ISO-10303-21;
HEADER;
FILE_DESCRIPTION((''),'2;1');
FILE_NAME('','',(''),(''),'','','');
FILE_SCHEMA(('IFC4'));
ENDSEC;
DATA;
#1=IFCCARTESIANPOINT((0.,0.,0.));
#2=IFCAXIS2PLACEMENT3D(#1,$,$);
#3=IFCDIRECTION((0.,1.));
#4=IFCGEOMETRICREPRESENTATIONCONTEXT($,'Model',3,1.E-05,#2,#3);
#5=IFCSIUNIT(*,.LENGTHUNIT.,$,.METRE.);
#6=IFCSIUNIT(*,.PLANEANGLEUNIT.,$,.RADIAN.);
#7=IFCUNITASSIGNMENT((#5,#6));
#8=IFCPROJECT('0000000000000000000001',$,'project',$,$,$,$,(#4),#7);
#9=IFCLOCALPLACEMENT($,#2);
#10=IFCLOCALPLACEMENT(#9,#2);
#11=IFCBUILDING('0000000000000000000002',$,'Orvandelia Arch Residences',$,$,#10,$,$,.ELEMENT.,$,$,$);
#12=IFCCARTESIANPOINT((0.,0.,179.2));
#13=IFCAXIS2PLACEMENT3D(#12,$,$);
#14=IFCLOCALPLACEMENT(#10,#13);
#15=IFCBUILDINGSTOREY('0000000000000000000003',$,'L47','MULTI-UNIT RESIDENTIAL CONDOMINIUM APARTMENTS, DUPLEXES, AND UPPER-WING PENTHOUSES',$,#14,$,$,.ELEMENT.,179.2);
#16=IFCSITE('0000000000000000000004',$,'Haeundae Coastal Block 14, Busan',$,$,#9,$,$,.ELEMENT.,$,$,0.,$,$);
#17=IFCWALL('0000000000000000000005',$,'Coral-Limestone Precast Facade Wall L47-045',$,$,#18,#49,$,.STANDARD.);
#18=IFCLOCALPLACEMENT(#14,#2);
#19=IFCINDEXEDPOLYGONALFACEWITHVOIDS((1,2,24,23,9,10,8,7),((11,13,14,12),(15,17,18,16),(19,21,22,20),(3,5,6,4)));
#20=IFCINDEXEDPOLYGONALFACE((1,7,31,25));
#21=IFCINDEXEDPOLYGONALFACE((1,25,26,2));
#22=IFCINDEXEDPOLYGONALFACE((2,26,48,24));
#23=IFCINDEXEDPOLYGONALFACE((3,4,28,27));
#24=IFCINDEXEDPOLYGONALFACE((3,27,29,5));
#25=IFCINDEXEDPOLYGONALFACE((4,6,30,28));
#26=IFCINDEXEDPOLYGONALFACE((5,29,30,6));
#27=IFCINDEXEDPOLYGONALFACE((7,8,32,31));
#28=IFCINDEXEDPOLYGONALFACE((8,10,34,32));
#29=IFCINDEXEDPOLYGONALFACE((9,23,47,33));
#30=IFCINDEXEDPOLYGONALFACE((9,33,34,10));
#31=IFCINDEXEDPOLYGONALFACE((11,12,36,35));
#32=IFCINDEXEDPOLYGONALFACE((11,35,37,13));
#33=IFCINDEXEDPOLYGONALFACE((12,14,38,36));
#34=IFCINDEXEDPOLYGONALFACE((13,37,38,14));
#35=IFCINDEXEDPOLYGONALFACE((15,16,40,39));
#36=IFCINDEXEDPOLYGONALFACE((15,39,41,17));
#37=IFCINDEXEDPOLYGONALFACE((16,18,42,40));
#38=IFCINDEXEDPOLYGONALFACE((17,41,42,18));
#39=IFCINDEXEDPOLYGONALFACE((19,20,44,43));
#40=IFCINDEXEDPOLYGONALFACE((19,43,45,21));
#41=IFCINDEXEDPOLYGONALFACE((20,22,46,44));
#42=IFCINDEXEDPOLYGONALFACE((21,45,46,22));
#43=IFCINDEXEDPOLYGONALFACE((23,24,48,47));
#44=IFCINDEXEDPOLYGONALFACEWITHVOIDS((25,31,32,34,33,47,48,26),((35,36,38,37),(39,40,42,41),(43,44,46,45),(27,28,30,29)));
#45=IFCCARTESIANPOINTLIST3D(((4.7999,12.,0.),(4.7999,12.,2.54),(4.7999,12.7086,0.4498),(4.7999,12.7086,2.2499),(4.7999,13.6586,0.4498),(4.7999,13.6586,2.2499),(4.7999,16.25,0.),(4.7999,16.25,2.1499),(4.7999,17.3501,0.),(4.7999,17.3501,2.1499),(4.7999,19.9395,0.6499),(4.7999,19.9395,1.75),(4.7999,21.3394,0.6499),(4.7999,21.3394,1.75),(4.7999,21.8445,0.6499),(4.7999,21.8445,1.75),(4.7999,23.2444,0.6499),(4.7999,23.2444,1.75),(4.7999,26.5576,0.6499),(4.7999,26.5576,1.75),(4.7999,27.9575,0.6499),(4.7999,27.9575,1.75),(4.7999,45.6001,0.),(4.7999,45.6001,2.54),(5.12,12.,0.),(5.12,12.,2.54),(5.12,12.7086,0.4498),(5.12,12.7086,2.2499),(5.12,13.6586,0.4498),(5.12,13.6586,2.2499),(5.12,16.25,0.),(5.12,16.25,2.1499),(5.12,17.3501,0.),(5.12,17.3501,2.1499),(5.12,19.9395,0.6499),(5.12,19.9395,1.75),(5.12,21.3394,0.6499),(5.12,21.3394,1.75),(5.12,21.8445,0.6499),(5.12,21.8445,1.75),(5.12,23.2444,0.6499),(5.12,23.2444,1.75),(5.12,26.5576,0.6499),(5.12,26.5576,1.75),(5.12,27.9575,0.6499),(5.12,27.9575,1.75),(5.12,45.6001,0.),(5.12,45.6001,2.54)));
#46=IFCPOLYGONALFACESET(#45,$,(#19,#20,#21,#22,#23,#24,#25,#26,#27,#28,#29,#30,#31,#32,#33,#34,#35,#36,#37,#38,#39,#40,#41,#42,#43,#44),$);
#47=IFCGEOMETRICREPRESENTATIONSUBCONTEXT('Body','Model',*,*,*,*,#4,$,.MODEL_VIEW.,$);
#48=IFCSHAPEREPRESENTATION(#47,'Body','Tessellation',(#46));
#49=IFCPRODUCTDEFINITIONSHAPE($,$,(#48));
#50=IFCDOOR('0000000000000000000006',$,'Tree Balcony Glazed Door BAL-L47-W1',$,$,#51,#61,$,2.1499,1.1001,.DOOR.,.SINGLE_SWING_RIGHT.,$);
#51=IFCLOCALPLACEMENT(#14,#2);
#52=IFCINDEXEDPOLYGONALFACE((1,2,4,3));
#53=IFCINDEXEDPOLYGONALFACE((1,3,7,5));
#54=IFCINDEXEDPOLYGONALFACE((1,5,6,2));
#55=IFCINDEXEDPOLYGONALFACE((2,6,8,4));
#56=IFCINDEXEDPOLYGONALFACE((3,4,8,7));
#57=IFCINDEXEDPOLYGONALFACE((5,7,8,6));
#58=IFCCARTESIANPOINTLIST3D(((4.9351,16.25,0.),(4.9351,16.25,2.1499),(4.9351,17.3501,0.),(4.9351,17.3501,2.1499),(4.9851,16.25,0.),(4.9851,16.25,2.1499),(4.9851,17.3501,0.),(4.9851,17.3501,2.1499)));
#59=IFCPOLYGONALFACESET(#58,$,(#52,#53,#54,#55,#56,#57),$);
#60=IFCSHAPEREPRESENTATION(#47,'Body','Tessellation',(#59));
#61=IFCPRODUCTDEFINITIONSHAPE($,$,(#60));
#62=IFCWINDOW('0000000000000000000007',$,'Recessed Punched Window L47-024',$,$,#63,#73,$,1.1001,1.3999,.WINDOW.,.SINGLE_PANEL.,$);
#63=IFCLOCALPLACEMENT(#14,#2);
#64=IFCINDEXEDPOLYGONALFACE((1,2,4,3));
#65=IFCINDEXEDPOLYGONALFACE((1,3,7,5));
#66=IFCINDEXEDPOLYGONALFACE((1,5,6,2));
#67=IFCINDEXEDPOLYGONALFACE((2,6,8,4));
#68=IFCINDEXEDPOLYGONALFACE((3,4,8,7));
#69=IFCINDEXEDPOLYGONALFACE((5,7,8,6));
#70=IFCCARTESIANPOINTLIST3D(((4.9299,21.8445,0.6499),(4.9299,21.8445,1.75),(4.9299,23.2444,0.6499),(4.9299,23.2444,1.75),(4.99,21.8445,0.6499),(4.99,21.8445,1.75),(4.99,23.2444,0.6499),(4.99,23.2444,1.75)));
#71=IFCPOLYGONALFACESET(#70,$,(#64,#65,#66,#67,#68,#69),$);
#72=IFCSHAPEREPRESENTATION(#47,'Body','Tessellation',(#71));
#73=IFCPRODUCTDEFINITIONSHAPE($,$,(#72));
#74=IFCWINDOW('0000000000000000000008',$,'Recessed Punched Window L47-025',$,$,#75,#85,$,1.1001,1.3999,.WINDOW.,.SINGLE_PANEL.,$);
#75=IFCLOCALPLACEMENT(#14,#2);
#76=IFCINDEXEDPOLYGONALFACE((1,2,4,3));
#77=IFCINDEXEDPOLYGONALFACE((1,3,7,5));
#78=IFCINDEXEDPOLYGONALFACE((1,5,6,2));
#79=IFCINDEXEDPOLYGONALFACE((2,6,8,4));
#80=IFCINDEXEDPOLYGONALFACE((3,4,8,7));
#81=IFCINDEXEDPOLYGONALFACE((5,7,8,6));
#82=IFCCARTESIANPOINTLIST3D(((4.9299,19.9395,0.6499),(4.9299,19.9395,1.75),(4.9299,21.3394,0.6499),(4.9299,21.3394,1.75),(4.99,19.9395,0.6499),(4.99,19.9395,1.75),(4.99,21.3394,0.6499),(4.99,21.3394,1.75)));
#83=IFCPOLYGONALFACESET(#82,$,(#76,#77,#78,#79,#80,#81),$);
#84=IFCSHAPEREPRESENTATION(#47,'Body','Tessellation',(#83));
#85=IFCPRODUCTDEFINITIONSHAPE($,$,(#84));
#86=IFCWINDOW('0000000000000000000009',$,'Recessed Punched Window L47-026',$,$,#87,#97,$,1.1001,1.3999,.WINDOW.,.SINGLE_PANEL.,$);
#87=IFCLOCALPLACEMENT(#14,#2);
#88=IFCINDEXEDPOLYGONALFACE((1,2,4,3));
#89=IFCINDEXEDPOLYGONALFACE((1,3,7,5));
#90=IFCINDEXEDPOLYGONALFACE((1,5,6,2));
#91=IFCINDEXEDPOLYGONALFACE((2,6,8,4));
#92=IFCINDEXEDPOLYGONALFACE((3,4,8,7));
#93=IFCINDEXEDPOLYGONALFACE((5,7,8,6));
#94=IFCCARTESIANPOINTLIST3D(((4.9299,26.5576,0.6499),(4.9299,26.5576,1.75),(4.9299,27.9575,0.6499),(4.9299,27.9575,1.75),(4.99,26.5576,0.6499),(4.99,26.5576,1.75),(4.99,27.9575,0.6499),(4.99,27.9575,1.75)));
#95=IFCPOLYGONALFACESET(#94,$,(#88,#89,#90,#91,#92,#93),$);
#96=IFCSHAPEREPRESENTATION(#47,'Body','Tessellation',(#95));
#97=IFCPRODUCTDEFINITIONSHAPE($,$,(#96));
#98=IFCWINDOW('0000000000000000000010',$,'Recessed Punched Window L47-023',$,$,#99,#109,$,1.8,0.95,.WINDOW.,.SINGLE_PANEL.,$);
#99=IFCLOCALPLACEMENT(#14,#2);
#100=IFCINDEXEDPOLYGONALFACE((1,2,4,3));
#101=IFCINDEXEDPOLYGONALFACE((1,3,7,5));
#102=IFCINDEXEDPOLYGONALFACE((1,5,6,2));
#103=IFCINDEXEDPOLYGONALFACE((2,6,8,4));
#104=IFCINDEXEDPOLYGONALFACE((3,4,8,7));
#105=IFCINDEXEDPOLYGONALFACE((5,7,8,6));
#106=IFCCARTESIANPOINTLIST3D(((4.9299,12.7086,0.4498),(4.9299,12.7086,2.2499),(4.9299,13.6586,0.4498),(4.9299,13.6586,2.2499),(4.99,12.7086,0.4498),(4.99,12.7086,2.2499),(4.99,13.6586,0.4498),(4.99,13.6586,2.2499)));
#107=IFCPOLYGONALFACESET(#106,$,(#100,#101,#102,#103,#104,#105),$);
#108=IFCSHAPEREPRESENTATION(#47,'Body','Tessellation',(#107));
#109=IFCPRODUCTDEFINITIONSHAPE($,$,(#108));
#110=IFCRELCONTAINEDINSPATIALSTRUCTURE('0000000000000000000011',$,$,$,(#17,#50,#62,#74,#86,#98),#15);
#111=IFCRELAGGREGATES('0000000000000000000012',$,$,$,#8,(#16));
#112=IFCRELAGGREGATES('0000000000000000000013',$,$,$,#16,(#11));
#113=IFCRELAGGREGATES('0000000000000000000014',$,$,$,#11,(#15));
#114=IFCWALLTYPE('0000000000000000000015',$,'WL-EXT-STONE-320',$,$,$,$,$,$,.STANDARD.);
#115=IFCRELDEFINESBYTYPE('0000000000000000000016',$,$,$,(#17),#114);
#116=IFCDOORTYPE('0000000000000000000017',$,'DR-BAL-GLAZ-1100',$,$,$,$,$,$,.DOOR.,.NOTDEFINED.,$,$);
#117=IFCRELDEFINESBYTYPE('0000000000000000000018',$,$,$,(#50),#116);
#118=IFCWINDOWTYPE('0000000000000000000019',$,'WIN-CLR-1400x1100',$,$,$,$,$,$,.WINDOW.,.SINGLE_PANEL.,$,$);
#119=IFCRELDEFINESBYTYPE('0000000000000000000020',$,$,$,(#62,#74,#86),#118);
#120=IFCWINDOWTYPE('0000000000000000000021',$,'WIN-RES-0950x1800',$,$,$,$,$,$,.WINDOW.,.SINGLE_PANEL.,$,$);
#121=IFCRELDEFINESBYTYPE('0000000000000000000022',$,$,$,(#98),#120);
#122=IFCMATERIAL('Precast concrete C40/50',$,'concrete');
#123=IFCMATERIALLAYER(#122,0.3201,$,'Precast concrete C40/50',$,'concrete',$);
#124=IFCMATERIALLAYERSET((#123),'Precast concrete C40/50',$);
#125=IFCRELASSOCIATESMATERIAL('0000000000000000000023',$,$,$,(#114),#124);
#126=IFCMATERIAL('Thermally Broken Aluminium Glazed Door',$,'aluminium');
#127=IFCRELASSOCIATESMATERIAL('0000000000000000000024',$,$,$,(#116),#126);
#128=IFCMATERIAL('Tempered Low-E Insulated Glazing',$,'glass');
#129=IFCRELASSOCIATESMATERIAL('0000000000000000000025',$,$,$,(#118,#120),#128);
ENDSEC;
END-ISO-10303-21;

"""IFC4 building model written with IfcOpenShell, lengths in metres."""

from ifc_helpers import new_model, si_unit, direction, frame, frame_2d, origin, place, context, subcontext, project, spatial, rectangle, extrude, material, layer, layer_set, type_object, element, fill, save


model = new_model("IFC4")

# Units and contexts
model_context = context("Model", 3, precision=1e-05, world=origin(), true_north=direction((0.0, 1.0)))
body_context = subcontext(model_context, "Body", "Model", "MODEL_VIEW")
ifc_project = project(units=[si_unit("LENGTHUNIT", "METRE"), si_unit("PLANEANGLEUNIT", "RADIAN")], contexts=[model_context])

# Site, building, storey
site_placement = place(None, origin())
site = spatial("IfcSite", under=ifc_project, at=site_placement, Name="Haeundae Coastal Block 14, Busan", CompositionType="ELEMENT", RefElevation=0.0)
building_placement = place(site_placement, origin())
building = spatial("IfcBuilding", under=site, at=building_placement, Name="Orvandelia Arch Residences", CompositionType="ELEMENT")
storey_placement = place(building_placement, frame((0.0, 0.0, 179.2)))
storey = spatial("IfcBuildingStorey", under=building, at=storey_placement, Name="L47", Description="MULTI-UNIT RESIDENTIAL CONDOMINIUM APARTMENTS, DUPLEXES, AND UPPER-WING PENTHOUSES", CompositionType="ELEMENT", Elevation=179.2)

# Shared definitions
ifc_material_1 = material(Name="Precast concrete C40/50", Category="concrete")

# Shared definitions
ifc_layer_1 = layer(ifc_material_1, 0.3201, Name="Precast concrete C40/50", Category="concrete")
ifc_layer_set_1 = layer_set([ifc_layer_1], Name="Precast concrete C40/50")
wall_type_1 = type_object("IfcWallType", Name="WL-EXT-STONE-320", PredefinedType="STANDARD", material=ifc_layer_set_1)

# Wall, openings, door, windows
wall_1_placement = place(storey_placement, frame((4.96, 12.0, 0.0), z_axis=(0.0, 0.0, 1.0), x_axis=(0.0, 1.0, 0.0)))
wall_1 = element("IfcWall", 1, at=wall_1_placement, inside=storey, type_object=wall_type_1, Name="Coral-Limestone Precast Facade Wall L47-045", PredefinedType="STANDARD", context=body_context, shape_type="SweptSolid", body=[
    extrude(rectangle(XDim=33.6001, YDim=0.3201, at=frame_2d((16.8, 0.0))), origin(), (0.0, 0.0, 1.0), 2.54),
])
opening_1_placement = place(wall_1_placement, frame((4.25, 0.0, 0.0)))
opening_1 = element("IfcOpeningElement", 2, at=opening_1_placement, cuts=wall_1, PredefinedType="OPENING", context=body_context, shape_type="SweptSolid", body=[
    extrude(rectangle(XDim=1.1001, YDim=2.1499, at=frame_2d((0.55, 1.075))), frame((0.0, 0.1699, 0.0), z_axis=(0.0, -1.0, 0.0), x_axis=(1.0, 0.0, 0.0)), (0.0, 0.0, 1.0), 0.3401),
])
opening_2_placement = place(wall_1_placement, frame((0.7085, 0.0, 0.45)))
opening_2 = element("IfcOpeningElement", 3, at=opening_2_placement, cuts=wall_1, PredefinedType="OPENING", context=body_context, shape_type="SweptSolid", body=[
    extrude(rectangle(XDim=0.95, YDim=1.8, at=frame_2d((0.4751, 0.8999))), frame((0.0, 0.1699, 0.0), z_axis=(0.0, -1.0, 0.0), x_axis=(1.0, 0.0, 0.0)), (0.0, 0.0, 1.0), 0.3401),
])
opening_3_placement = place(wall_1_placement, frame((9.8445, 0.0, 0.6499)))
opening_3 = element("IfcOpeningElement", 4, at=opening_3_placement, cuts=wall_1, PredefinedType="OPENING", context=body_context, shape_type="SweptSolid", body=[
    extrude(rectangle(XDim=1.3999, YDim=1.1001, at=frame_2d((0.7, 0.55))), frame((0.0, 0.1699, 0.0), z_axis=(0.0, -1.0, 0.0), x_axis=(1.0, 0.0, 0.0)), (0.0, 0.0, 1.0), 0.3401),
])
opening_4_placement = place(wall_1_placement, frame((7.9395, 0.0, 0.6499)))
opening_4 = element("IfcOpeningElement", 5, at=opening_4_placement, cuts=wall_1, PredefinedType="OPENING", context=body_context, shape_type="SweptSolid", body=[
    extrude(rectangle(XDim=1.3999, YDim=1.1001, at=frame_2d((0.7, 0.55))), frame((0.0, 0.1699, 0.0), z_axis=(0.0, -1.0, 0.0), x_axis=(1.0, 0.0, 0.0)), (0.0, 0.0, 1.0), 0.3401),
])
opening_5_placement = place(wall_1_placement, frame((14.5576, 0.0, 0.6499)))
opening_5 = element("IfcOpeningElement", 6, at=opening_5_placement, cuts=wall_1, PredefinedType="OPENING", context=body_context, shape_type="SweptSolid", body=[
    extrude(rectangle(XDim=1.3999, YDim=1.1001, at=frame_2d((0.7, 0.55))), frame((0.0, 0.1699, 0.0), z_axis=(0.0, -1.0, 0.0), x_axis=(1.0, 0.0, 0.0)), (0.0, 0.0, 1.0), 0.3401),
])
ifc_material_2 = material(Name="Thermally Broken Aluminium Glazed Door", Category="aluminium")
door_type_1 = type_object("IfcDoorType", Name="DR-BAL-GLAZ-1100", OperationType="NOTDEFINED", PredefinedType="DOOR", material=ifc_material_2)
door_1_placement = place(opening_1_placement, origin())
door_1 = element("IfcDoor", 7, at=door_1_placement, inside=storey, type_object=door_type_1, Name="Tree Balcony Glazed Door BAL-L47-W1", OperationType="SINGLE_SWING_RIGHT", OverallHeight=2.1499, OverallWidth=1.1001, PredefinedType="DOOR", context=body_context, shape_type="SweptSolid", body=[
    extrude(rectangle(XDim=1.1001, YDim=2.1499, at=frame_2d((0.55, 1.075))), frame((0.0, 0.0249, 0.0), z_axis=(0.0, -1.0, 0.0), x_axis=(1.0, 0.0, 0.0)), (0.0, 0.0, 1.0), 0.05),
])
fill(opening_1, door_1)
ifc_material_3 = material(Name="Tempered Low-E Insulated Glazing", Category="glass")
window_type_1 = type_object("IfcWindowType", Name="WIN-CLR-1400x1100", PartitioningType="SINGLE_PANEL", PredefinedType="WINDOW", material=ifc_material_3)
window_1_placement = place(opening_3_placement, origin())
window_1 = element("IfcWindow", 8, at=window_1_placement, inside=storey, type_object=window_type_1, Name="Recessed Punched Window L47-024", OverallHeight=1.1001, OverallWidth=1.3999, PartitioningType="SINGLE_PANEL", PredefinedType="WINDOW", context=body_context, shape_type="SweptSolid", body=[
    extrude(rectangle(XDim=1.3999, YDim=1.1001, at=frame_2d((0.7, 0.55))), frame((0.0, 0.03, 0.0), z_axis=(0.0, -1.0, 0.0), x_axis=(1.0, 0.0, 0.0)), (0.0, 0.0, 1.0), 0.0601),
])
fill(opening_3, window_1)
window_2_placement = place(opening_4_placement, origin())
window_2 = element("IfcWindow", 9, at=window_2_placement, inside=storey, type_object=window_type_1, Name="Recessed Punched Window L47-025", OverallHeight=1.1001, OverallWidth=1.3999, PartitioningType="SINGLE_PANEL", PredefinedType="WINDOW", context=body_context, shape_type="SweptSolid", body=[
    extrude(rectangle(XDim=1.3999, YDim=1.1001, at=frame_2d((0.7, 0.55))), frame((0.0, 0.03, 0.0), z_axis=(0.0, -1.0, 0.0), x_axis=(1.0, 0.0, 0.0)), (0.0, 0.0, 1.0), 0.0601),
])
fill(opening_4, window_2)
window_3_placement = place(opening_5_placement, origin())
window_3 = element("IfcWindow", 10, at=window_3_placement, inside=storey, type_object=window_type_1, Name="Recessed Punched Window L47-026", OverallHeight=1.1001, OverallWidth=1.3999, PartitioningType="SINGLE_PANEL", PredefinedType="WINDOW", context=body_context, shape_type="SweptSolid", body=[
    extrude(rectangle(XDim=1.3999, YDim=1.1001, at=frame_2d((0.7, 0.55))), frame((0.0, 0.03, 0.0), z_axis=(0.0, -1.0, 0.0), x_axis=(1.0, 0.0, 0.0)), (0.0, 0.0, 1.0), 0.0601),
])
fill(opening_5, window_3)
window_type_2 = type_object("IfcWindowType", Name="WIN-RES-0950x1800", PartitioningType="SINGLE_PANEL", PredefinedType="WINDOW", material=ifc_material_3)
window_4_placement = place(opening_2_placement, origin())
window_4 = element("IfcWindow", 11, at=window_4_placement, inside=storey, type_object=window_type_2, Name="Recessed Punched Window L47-023", OverallHeight=1.8, OverallWidth=0.95, PartitioningType="SINGLE_PANEL", PredefinedType="WINDOW", context=body_context, shape_type="SweptSolid", body=[
    extrude(rectangle(XDim=0.95, YDim=1.8, at=frame_2d((0.4751, 0.8999))), frame((0.0, 0.03, 0.0), z_axis=(0.0, -1.0, 0.0), x_axis=(1.0, 0.0, 0.0)), (0.0, 0.0, 1.0), 0.0601),
])
fill(opening_2, window_4)

save(model, "model.ifc")
